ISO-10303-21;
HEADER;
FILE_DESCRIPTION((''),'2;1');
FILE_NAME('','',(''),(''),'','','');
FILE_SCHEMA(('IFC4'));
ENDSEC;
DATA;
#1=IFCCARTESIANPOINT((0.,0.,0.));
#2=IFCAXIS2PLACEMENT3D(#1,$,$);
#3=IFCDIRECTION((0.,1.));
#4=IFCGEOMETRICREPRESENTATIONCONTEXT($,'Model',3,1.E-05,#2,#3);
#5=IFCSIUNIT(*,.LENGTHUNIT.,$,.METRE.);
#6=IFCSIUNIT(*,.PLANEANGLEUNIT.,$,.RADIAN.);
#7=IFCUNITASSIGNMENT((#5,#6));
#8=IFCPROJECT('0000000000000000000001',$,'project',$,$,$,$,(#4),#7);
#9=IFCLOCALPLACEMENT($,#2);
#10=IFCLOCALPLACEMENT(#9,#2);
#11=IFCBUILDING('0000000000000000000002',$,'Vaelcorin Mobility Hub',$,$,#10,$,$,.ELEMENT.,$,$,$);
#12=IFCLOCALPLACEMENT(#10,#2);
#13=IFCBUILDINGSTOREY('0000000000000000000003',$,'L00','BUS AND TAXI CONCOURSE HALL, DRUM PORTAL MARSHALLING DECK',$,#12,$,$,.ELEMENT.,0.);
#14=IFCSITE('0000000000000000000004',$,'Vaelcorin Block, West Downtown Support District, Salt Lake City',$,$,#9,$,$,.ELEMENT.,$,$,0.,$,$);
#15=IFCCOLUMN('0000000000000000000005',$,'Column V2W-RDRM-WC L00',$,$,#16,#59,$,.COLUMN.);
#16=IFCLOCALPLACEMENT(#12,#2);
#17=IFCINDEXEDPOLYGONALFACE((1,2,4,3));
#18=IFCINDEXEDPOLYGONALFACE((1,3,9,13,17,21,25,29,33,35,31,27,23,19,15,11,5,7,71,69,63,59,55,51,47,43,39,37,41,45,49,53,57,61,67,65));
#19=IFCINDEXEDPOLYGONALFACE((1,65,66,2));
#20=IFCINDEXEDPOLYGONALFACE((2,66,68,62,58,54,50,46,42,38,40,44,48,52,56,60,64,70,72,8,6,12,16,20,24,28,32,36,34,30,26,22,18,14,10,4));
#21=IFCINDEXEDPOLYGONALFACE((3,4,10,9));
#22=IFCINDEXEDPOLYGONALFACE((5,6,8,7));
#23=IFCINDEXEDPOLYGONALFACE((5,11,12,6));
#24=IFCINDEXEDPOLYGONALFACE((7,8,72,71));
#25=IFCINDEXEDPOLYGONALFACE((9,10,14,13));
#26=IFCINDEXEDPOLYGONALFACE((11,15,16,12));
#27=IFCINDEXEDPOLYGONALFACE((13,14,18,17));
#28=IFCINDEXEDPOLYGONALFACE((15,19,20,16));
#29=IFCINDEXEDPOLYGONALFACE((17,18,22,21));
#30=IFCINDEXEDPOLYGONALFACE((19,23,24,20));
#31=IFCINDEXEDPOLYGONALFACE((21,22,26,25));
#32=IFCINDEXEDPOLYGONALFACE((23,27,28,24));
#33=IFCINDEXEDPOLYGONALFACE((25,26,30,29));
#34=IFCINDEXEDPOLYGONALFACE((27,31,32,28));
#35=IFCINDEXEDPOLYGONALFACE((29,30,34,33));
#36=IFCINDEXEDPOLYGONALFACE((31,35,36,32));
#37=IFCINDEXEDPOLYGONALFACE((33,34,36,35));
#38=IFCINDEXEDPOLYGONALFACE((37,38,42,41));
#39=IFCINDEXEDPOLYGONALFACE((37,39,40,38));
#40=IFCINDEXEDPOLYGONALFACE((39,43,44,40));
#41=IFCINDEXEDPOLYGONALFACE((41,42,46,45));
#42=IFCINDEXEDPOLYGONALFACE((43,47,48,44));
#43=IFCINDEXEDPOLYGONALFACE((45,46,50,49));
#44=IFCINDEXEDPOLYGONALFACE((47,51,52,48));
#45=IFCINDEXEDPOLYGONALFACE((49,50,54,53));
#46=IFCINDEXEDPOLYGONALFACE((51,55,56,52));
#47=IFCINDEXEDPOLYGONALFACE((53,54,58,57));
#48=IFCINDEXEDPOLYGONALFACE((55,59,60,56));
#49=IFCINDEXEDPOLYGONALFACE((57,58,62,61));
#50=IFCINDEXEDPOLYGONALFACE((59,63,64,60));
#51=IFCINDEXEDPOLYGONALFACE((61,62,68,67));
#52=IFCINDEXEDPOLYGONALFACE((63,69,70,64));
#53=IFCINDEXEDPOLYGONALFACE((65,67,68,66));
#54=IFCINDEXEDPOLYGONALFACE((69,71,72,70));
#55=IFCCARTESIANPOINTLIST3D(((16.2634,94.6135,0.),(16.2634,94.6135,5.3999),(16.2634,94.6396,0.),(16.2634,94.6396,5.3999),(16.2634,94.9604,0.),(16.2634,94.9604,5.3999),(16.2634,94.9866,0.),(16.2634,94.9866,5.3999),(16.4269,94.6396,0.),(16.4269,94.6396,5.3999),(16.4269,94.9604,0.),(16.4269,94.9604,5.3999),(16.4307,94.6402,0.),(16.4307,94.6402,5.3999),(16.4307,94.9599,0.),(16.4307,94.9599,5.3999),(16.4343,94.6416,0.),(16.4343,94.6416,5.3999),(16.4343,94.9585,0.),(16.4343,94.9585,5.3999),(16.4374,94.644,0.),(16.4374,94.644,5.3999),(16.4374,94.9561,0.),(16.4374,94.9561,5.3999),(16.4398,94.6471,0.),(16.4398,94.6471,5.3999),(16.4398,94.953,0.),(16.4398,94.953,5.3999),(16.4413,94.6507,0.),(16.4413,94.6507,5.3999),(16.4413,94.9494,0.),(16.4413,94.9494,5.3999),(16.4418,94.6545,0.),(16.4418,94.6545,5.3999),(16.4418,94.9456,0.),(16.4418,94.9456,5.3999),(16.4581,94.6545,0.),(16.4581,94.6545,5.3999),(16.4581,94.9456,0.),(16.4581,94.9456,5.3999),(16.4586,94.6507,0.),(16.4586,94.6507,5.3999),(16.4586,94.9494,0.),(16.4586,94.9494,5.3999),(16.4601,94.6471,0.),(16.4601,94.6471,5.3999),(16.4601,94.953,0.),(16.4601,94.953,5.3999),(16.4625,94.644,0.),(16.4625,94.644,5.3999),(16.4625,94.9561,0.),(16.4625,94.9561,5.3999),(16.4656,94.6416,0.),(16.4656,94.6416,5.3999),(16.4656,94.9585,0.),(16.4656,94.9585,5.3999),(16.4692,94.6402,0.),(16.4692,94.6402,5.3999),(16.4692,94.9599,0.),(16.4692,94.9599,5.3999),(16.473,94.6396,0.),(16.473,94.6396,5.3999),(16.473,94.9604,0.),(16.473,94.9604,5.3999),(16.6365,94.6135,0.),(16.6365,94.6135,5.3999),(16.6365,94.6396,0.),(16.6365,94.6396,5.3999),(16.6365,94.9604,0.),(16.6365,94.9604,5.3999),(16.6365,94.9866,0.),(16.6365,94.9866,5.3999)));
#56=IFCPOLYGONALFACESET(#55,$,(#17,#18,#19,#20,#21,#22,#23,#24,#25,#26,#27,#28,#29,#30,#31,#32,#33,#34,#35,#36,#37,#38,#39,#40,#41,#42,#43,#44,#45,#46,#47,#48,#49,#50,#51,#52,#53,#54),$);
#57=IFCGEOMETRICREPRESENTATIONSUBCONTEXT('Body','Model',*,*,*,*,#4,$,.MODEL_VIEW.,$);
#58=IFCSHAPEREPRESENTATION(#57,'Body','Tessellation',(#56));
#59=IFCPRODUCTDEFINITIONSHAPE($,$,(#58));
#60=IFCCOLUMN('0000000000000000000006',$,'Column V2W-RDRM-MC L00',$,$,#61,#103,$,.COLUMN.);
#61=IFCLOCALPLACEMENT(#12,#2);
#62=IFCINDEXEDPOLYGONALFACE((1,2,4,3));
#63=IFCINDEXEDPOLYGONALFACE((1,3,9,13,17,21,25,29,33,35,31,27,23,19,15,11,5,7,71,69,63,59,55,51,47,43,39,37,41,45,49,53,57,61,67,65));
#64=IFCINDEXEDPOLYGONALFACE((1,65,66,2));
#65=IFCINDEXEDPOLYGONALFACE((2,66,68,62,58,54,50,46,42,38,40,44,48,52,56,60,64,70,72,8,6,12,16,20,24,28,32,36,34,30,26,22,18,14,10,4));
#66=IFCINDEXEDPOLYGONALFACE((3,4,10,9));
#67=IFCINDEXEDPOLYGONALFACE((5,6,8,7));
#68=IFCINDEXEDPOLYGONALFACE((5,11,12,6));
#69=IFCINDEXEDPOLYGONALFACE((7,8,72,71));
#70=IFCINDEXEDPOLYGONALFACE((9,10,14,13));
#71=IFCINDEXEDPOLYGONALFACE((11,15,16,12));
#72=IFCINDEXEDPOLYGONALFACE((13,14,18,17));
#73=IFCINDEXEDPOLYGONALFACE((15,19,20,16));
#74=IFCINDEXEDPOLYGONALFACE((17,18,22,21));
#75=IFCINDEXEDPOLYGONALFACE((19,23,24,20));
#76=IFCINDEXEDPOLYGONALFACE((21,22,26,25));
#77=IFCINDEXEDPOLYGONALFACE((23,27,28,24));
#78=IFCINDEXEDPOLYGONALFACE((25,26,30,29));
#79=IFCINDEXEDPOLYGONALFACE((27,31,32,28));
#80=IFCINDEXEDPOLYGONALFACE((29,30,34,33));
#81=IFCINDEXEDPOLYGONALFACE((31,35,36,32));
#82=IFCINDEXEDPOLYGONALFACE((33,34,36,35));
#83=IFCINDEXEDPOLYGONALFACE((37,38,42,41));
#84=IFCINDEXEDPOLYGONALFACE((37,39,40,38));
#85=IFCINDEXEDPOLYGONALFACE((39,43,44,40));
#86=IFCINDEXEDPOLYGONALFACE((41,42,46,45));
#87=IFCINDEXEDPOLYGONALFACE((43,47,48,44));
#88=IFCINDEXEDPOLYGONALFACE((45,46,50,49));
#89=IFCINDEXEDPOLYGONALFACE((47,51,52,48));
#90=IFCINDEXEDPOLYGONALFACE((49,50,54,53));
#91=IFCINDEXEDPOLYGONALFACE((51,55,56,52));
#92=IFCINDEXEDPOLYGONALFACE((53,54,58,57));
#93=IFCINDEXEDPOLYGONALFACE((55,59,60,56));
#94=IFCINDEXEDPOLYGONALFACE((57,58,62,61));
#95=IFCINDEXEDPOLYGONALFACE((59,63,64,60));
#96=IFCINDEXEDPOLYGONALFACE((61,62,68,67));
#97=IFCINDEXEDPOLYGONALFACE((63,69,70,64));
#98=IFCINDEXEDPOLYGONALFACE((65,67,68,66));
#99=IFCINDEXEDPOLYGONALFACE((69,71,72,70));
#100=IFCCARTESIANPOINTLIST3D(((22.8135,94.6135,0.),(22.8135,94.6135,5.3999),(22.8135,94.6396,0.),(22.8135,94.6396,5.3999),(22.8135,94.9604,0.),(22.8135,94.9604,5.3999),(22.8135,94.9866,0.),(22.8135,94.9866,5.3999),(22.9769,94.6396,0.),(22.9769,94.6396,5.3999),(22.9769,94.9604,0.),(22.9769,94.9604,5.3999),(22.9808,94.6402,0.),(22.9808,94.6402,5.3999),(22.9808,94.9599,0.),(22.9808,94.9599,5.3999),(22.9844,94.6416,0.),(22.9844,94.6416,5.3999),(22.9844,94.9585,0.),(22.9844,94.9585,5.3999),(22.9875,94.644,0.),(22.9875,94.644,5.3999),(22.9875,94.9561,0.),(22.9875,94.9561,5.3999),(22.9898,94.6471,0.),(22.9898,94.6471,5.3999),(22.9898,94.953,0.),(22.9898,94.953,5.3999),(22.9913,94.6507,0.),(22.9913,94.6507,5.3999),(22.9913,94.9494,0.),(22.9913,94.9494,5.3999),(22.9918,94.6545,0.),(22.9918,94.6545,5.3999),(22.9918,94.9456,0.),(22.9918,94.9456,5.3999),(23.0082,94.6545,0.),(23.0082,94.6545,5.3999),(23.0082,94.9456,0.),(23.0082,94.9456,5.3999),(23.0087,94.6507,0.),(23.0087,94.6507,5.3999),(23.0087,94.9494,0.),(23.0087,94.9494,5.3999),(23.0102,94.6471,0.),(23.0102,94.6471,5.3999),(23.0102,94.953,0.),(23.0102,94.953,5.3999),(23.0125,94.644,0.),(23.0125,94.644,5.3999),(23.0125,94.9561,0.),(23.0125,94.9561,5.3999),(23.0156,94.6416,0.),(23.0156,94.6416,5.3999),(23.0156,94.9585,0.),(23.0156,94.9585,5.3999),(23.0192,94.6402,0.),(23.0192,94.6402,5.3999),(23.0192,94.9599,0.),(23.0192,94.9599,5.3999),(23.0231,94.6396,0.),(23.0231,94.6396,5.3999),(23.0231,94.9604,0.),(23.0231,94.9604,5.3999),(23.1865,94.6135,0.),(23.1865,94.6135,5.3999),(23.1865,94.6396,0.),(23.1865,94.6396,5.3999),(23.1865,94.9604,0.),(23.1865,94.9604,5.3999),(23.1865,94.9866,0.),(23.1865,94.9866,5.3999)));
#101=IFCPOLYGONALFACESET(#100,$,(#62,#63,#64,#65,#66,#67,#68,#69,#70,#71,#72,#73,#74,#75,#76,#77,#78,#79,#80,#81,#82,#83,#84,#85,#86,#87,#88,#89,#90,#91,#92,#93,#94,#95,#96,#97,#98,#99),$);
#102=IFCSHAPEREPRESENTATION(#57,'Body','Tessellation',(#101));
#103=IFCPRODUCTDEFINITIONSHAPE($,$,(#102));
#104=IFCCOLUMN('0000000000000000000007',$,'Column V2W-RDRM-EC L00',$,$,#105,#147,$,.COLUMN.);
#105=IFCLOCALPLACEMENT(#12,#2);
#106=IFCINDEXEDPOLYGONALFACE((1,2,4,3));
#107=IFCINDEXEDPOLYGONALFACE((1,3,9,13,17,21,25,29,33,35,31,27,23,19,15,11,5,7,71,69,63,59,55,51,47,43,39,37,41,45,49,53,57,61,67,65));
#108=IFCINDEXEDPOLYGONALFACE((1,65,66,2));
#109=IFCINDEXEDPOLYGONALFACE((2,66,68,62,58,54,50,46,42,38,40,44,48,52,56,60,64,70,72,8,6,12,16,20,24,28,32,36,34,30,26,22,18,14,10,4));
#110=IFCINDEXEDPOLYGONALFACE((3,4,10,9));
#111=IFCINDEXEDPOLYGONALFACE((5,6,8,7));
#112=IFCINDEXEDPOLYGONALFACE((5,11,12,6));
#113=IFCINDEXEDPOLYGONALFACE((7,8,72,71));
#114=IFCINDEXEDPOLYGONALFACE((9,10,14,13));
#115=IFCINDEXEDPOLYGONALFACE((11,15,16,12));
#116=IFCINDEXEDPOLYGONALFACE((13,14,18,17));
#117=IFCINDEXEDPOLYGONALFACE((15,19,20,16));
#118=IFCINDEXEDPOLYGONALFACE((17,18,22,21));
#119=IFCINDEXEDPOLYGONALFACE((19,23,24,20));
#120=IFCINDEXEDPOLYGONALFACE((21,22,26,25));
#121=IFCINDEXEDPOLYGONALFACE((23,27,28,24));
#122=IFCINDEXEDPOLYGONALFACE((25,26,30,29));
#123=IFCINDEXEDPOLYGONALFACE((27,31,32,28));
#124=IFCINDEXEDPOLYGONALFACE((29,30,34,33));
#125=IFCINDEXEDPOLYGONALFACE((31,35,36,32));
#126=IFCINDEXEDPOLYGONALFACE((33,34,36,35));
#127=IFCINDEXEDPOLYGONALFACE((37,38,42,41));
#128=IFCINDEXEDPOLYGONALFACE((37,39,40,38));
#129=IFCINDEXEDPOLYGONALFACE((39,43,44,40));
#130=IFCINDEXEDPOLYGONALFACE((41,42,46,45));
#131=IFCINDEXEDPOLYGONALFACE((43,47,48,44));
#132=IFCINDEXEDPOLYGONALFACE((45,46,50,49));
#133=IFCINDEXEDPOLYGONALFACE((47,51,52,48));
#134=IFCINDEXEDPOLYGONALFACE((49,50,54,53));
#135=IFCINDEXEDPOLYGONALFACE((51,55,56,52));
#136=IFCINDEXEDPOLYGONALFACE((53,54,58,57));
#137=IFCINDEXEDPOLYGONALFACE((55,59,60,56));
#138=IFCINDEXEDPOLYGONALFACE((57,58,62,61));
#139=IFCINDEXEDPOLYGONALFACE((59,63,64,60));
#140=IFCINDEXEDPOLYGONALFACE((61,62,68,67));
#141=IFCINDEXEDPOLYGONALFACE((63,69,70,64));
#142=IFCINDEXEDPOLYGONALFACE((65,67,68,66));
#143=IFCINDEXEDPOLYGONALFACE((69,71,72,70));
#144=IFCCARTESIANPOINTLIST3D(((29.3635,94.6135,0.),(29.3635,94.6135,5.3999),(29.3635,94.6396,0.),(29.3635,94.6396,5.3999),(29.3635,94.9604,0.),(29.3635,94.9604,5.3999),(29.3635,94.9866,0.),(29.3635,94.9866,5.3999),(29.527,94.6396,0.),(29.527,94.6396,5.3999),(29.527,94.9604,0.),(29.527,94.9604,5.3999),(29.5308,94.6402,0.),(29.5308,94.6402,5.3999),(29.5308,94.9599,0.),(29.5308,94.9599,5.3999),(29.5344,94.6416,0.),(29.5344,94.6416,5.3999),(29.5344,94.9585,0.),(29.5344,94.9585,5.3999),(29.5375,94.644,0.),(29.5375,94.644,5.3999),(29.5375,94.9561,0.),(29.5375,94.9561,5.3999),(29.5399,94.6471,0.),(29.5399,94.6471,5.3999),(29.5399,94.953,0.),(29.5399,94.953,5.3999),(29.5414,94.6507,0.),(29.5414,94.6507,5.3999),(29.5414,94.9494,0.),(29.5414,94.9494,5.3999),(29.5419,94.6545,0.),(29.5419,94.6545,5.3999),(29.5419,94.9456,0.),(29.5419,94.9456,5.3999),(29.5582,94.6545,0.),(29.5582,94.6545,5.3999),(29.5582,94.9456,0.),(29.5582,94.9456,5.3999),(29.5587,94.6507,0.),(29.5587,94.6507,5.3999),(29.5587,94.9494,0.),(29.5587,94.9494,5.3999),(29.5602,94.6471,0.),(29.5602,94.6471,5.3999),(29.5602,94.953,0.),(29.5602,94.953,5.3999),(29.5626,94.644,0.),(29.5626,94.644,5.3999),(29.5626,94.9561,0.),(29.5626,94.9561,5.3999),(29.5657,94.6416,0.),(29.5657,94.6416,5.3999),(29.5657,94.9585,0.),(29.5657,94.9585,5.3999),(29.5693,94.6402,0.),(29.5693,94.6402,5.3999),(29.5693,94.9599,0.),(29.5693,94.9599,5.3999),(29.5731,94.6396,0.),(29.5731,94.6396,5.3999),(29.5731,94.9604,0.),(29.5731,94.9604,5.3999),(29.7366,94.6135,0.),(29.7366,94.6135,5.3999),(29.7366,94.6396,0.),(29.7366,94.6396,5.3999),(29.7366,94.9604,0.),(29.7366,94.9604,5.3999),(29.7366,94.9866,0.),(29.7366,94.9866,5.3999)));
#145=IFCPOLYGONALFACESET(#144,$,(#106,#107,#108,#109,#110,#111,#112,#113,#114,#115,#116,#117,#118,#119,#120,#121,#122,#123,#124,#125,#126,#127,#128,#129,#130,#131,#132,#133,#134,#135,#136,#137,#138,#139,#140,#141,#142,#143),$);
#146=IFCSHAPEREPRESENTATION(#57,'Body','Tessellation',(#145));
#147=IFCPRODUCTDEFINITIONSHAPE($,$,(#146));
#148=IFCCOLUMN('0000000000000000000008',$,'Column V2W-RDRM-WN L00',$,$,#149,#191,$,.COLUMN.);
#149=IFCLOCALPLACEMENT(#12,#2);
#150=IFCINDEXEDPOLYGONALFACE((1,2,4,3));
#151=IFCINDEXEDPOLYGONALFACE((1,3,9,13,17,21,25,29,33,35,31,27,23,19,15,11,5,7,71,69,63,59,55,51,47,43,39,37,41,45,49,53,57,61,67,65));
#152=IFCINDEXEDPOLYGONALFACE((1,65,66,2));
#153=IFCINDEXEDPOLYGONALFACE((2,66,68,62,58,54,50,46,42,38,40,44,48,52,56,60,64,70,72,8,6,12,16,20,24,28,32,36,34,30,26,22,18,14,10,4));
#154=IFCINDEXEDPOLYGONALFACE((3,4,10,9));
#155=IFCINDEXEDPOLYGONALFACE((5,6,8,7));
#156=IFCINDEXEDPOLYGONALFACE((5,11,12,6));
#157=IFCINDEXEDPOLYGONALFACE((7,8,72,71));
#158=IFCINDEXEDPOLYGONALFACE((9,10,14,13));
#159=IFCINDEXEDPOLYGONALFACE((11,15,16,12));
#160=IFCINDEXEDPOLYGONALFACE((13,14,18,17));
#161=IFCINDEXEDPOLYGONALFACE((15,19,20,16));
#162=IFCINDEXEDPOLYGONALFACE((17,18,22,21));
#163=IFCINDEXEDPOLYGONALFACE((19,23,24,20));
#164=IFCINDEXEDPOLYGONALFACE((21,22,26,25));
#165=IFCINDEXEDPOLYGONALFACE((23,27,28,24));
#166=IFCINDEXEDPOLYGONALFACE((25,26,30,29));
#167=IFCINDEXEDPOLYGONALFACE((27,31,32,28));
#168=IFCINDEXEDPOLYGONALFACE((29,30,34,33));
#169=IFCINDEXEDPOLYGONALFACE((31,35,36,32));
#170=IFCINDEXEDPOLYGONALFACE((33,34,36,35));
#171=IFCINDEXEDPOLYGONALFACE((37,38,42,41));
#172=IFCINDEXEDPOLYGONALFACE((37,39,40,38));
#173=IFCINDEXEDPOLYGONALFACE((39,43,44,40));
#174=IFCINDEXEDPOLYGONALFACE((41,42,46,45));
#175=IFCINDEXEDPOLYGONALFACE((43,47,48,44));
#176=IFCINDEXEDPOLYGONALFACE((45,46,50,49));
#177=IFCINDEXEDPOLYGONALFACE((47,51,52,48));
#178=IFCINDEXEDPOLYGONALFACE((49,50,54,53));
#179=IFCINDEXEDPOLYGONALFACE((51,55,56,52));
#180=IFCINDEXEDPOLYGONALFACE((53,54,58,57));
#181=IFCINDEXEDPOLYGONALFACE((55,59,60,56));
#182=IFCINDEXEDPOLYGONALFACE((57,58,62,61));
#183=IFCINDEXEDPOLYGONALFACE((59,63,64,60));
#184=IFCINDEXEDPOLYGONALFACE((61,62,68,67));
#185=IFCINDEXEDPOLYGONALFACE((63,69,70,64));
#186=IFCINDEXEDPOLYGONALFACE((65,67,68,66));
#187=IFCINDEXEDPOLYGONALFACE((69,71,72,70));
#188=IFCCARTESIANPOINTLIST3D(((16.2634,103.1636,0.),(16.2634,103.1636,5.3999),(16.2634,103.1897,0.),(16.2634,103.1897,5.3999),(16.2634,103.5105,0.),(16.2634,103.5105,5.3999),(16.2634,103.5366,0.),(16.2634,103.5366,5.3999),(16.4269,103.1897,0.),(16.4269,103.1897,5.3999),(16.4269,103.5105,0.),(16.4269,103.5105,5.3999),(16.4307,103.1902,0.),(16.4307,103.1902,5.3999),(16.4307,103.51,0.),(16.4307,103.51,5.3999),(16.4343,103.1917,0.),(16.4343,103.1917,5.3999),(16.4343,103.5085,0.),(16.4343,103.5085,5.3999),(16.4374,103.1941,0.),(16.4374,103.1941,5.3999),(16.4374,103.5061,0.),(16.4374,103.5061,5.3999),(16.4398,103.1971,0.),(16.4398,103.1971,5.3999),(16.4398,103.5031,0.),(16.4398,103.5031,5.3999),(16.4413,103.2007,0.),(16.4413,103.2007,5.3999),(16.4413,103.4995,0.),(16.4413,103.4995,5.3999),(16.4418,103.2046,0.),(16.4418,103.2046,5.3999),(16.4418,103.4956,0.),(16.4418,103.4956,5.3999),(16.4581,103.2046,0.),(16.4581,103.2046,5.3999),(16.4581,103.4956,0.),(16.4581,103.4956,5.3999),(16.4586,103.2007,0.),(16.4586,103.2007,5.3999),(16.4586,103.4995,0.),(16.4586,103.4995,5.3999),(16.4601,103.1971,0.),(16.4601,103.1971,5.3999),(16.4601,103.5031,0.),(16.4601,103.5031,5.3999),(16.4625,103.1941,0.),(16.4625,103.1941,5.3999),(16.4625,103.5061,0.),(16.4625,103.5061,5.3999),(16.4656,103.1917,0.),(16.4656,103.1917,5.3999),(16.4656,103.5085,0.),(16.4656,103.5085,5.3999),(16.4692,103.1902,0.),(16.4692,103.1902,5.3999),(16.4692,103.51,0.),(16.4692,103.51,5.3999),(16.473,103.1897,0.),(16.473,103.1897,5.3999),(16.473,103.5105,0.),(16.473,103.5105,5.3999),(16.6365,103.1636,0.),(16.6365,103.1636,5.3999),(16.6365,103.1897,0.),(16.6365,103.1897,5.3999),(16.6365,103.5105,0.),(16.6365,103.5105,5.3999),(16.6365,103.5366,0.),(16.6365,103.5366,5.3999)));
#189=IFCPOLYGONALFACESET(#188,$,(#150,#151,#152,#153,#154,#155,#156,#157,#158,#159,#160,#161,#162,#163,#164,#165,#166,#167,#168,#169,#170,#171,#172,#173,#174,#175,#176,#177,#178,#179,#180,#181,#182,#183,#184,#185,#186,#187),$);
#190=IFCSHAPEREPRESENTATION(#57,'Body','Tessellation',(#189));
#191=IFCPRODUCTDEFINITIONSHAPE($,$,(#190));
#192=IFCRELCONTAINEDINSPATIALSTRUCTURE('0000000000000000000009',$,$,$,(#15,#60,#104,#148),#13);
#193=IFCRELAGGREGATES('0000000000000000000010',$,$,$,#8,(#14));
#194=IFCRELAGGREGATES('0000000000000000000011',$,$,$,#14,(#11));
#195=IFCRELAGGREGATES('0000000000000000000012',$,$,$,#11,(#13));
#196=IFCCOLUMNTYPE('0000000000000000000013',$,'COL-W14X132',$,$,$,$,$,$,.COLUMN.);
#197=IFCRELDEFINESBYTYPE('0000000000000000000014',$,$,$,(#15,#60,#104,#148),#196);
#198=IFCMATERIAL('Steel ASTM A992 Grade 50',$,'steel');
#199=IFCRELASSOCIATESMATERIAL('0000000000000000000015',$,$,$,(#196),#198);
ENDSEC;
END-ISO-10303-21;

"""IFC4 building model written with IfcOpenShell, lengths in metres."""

from ifc_helpers import new_model, si_unit, direction, frame, origin, origin_2d, place, context, subcontext, project, spatial, i_section, extrude, material, material_profile, profile_set, type_object, element, save


model = new_model("IFC4")

# Units and contexts
model_context = context("Model", 3, precision=1e-05, world=origin(), true_north=direction((0.0, 1.0)))
body_context = subcontext(model_context, "Body", "Model", "MODEL_VIEW")
ifc_project = project(units=[si_unit("LENGTHUNIT", "METRE"), si_unit("PLANEANGLEUNIT", "RADIAN")], contexts=[model_context])

# Site, building, storey
site_placement = place(None, origin())
site = spatial("IfcSite", under=ifc_project, at=site_placement, Name="Vaelcorin Block, West Downtown Support District, Salt Lake City", CompositionType="ELEMENT", RefElevation=0.0)
building_placement = place(site_placement, origin())
building = spatial("IfcBuilding", under=site, at=building_placement, Name="Vaelcorin Mobility Hub", CompositionType="ELEMENT")
storey_placement = place(building_placement, origin())
storey = spatial("IfcBuildingStorey", under=building, at=storey_placement, Name="L00", Description="BUS AND TAXI CONCOURSE HALL, DRUM PORTAL MARSHALLING DECK", CompositionType="ELEMENT", Elevation=0.0)

# Columns
ifc_material_1 = material(Name="Steel ASTM A992 Grade 50", Category="steel")
ifc_material_profile_1 = material_profile(ifc_material_1, i_section(OverallWidth=0.373, OverallDepth=0.373, WebThickness=0.0164, FlangeThickness=0.0261, FilletRadius=0.0149, at=origin_2d()), Name="W14X132")
ifc_profile_set_1 = profile_set([ifc_material_profile_1], Name="Steel ASTM A992 Grade 50")
column_type_1 = type_object("IfcColumnType", Name="COL-W14X132", PredefinedType="COLUMN", material=ifc_profile_set_1)
for number, where, z_axis, x_axis, name in (
    (1, (16.45, 94.8, 0.0), (0.0, 0.0, 1.0), (1.0, 0.0, 0.0), "Column V2W-RDRM-WC L00"),
    (2, (23.0, 94.8, 0.0), (0.0, 0.0, 1.0), (1.0, 0.0, 0.0), "Column V2W-RDRM-MC L00"),
    (3, (29.55, 94.8, 0.0), (0.0, 0.0, 1.0), (1.0, 0.0, 0.0), "Column V2W-RDRM-EC L00"),
    (4, (16.45, 103.3501, 0.0), (0.0, 0.0, 1.0), (1.0, 0.0, 0.0), "Column V2W-RDRM-WN L00"),
):
    element("IfcColumn", number, at=place(storey_placement, frame(where, z_axis=z_axis, x_axis=x_axis)), inside=storey, type_object=column_type_1, Name=name, PredefinedType="COLUMN", context=body_context, shape_type="SweptSolid", body=[
        extrude(i_section(OverallWidth=0.373, OverallDepth=0.373, WebThickness=0.0164, FlangeThickness=0.0261, FilletRadius=0.0149, at=origin_2d()), origin(), (0.0, 0.0, 1.0), 5.3999),
    ])

save(model, "model.ifc")
